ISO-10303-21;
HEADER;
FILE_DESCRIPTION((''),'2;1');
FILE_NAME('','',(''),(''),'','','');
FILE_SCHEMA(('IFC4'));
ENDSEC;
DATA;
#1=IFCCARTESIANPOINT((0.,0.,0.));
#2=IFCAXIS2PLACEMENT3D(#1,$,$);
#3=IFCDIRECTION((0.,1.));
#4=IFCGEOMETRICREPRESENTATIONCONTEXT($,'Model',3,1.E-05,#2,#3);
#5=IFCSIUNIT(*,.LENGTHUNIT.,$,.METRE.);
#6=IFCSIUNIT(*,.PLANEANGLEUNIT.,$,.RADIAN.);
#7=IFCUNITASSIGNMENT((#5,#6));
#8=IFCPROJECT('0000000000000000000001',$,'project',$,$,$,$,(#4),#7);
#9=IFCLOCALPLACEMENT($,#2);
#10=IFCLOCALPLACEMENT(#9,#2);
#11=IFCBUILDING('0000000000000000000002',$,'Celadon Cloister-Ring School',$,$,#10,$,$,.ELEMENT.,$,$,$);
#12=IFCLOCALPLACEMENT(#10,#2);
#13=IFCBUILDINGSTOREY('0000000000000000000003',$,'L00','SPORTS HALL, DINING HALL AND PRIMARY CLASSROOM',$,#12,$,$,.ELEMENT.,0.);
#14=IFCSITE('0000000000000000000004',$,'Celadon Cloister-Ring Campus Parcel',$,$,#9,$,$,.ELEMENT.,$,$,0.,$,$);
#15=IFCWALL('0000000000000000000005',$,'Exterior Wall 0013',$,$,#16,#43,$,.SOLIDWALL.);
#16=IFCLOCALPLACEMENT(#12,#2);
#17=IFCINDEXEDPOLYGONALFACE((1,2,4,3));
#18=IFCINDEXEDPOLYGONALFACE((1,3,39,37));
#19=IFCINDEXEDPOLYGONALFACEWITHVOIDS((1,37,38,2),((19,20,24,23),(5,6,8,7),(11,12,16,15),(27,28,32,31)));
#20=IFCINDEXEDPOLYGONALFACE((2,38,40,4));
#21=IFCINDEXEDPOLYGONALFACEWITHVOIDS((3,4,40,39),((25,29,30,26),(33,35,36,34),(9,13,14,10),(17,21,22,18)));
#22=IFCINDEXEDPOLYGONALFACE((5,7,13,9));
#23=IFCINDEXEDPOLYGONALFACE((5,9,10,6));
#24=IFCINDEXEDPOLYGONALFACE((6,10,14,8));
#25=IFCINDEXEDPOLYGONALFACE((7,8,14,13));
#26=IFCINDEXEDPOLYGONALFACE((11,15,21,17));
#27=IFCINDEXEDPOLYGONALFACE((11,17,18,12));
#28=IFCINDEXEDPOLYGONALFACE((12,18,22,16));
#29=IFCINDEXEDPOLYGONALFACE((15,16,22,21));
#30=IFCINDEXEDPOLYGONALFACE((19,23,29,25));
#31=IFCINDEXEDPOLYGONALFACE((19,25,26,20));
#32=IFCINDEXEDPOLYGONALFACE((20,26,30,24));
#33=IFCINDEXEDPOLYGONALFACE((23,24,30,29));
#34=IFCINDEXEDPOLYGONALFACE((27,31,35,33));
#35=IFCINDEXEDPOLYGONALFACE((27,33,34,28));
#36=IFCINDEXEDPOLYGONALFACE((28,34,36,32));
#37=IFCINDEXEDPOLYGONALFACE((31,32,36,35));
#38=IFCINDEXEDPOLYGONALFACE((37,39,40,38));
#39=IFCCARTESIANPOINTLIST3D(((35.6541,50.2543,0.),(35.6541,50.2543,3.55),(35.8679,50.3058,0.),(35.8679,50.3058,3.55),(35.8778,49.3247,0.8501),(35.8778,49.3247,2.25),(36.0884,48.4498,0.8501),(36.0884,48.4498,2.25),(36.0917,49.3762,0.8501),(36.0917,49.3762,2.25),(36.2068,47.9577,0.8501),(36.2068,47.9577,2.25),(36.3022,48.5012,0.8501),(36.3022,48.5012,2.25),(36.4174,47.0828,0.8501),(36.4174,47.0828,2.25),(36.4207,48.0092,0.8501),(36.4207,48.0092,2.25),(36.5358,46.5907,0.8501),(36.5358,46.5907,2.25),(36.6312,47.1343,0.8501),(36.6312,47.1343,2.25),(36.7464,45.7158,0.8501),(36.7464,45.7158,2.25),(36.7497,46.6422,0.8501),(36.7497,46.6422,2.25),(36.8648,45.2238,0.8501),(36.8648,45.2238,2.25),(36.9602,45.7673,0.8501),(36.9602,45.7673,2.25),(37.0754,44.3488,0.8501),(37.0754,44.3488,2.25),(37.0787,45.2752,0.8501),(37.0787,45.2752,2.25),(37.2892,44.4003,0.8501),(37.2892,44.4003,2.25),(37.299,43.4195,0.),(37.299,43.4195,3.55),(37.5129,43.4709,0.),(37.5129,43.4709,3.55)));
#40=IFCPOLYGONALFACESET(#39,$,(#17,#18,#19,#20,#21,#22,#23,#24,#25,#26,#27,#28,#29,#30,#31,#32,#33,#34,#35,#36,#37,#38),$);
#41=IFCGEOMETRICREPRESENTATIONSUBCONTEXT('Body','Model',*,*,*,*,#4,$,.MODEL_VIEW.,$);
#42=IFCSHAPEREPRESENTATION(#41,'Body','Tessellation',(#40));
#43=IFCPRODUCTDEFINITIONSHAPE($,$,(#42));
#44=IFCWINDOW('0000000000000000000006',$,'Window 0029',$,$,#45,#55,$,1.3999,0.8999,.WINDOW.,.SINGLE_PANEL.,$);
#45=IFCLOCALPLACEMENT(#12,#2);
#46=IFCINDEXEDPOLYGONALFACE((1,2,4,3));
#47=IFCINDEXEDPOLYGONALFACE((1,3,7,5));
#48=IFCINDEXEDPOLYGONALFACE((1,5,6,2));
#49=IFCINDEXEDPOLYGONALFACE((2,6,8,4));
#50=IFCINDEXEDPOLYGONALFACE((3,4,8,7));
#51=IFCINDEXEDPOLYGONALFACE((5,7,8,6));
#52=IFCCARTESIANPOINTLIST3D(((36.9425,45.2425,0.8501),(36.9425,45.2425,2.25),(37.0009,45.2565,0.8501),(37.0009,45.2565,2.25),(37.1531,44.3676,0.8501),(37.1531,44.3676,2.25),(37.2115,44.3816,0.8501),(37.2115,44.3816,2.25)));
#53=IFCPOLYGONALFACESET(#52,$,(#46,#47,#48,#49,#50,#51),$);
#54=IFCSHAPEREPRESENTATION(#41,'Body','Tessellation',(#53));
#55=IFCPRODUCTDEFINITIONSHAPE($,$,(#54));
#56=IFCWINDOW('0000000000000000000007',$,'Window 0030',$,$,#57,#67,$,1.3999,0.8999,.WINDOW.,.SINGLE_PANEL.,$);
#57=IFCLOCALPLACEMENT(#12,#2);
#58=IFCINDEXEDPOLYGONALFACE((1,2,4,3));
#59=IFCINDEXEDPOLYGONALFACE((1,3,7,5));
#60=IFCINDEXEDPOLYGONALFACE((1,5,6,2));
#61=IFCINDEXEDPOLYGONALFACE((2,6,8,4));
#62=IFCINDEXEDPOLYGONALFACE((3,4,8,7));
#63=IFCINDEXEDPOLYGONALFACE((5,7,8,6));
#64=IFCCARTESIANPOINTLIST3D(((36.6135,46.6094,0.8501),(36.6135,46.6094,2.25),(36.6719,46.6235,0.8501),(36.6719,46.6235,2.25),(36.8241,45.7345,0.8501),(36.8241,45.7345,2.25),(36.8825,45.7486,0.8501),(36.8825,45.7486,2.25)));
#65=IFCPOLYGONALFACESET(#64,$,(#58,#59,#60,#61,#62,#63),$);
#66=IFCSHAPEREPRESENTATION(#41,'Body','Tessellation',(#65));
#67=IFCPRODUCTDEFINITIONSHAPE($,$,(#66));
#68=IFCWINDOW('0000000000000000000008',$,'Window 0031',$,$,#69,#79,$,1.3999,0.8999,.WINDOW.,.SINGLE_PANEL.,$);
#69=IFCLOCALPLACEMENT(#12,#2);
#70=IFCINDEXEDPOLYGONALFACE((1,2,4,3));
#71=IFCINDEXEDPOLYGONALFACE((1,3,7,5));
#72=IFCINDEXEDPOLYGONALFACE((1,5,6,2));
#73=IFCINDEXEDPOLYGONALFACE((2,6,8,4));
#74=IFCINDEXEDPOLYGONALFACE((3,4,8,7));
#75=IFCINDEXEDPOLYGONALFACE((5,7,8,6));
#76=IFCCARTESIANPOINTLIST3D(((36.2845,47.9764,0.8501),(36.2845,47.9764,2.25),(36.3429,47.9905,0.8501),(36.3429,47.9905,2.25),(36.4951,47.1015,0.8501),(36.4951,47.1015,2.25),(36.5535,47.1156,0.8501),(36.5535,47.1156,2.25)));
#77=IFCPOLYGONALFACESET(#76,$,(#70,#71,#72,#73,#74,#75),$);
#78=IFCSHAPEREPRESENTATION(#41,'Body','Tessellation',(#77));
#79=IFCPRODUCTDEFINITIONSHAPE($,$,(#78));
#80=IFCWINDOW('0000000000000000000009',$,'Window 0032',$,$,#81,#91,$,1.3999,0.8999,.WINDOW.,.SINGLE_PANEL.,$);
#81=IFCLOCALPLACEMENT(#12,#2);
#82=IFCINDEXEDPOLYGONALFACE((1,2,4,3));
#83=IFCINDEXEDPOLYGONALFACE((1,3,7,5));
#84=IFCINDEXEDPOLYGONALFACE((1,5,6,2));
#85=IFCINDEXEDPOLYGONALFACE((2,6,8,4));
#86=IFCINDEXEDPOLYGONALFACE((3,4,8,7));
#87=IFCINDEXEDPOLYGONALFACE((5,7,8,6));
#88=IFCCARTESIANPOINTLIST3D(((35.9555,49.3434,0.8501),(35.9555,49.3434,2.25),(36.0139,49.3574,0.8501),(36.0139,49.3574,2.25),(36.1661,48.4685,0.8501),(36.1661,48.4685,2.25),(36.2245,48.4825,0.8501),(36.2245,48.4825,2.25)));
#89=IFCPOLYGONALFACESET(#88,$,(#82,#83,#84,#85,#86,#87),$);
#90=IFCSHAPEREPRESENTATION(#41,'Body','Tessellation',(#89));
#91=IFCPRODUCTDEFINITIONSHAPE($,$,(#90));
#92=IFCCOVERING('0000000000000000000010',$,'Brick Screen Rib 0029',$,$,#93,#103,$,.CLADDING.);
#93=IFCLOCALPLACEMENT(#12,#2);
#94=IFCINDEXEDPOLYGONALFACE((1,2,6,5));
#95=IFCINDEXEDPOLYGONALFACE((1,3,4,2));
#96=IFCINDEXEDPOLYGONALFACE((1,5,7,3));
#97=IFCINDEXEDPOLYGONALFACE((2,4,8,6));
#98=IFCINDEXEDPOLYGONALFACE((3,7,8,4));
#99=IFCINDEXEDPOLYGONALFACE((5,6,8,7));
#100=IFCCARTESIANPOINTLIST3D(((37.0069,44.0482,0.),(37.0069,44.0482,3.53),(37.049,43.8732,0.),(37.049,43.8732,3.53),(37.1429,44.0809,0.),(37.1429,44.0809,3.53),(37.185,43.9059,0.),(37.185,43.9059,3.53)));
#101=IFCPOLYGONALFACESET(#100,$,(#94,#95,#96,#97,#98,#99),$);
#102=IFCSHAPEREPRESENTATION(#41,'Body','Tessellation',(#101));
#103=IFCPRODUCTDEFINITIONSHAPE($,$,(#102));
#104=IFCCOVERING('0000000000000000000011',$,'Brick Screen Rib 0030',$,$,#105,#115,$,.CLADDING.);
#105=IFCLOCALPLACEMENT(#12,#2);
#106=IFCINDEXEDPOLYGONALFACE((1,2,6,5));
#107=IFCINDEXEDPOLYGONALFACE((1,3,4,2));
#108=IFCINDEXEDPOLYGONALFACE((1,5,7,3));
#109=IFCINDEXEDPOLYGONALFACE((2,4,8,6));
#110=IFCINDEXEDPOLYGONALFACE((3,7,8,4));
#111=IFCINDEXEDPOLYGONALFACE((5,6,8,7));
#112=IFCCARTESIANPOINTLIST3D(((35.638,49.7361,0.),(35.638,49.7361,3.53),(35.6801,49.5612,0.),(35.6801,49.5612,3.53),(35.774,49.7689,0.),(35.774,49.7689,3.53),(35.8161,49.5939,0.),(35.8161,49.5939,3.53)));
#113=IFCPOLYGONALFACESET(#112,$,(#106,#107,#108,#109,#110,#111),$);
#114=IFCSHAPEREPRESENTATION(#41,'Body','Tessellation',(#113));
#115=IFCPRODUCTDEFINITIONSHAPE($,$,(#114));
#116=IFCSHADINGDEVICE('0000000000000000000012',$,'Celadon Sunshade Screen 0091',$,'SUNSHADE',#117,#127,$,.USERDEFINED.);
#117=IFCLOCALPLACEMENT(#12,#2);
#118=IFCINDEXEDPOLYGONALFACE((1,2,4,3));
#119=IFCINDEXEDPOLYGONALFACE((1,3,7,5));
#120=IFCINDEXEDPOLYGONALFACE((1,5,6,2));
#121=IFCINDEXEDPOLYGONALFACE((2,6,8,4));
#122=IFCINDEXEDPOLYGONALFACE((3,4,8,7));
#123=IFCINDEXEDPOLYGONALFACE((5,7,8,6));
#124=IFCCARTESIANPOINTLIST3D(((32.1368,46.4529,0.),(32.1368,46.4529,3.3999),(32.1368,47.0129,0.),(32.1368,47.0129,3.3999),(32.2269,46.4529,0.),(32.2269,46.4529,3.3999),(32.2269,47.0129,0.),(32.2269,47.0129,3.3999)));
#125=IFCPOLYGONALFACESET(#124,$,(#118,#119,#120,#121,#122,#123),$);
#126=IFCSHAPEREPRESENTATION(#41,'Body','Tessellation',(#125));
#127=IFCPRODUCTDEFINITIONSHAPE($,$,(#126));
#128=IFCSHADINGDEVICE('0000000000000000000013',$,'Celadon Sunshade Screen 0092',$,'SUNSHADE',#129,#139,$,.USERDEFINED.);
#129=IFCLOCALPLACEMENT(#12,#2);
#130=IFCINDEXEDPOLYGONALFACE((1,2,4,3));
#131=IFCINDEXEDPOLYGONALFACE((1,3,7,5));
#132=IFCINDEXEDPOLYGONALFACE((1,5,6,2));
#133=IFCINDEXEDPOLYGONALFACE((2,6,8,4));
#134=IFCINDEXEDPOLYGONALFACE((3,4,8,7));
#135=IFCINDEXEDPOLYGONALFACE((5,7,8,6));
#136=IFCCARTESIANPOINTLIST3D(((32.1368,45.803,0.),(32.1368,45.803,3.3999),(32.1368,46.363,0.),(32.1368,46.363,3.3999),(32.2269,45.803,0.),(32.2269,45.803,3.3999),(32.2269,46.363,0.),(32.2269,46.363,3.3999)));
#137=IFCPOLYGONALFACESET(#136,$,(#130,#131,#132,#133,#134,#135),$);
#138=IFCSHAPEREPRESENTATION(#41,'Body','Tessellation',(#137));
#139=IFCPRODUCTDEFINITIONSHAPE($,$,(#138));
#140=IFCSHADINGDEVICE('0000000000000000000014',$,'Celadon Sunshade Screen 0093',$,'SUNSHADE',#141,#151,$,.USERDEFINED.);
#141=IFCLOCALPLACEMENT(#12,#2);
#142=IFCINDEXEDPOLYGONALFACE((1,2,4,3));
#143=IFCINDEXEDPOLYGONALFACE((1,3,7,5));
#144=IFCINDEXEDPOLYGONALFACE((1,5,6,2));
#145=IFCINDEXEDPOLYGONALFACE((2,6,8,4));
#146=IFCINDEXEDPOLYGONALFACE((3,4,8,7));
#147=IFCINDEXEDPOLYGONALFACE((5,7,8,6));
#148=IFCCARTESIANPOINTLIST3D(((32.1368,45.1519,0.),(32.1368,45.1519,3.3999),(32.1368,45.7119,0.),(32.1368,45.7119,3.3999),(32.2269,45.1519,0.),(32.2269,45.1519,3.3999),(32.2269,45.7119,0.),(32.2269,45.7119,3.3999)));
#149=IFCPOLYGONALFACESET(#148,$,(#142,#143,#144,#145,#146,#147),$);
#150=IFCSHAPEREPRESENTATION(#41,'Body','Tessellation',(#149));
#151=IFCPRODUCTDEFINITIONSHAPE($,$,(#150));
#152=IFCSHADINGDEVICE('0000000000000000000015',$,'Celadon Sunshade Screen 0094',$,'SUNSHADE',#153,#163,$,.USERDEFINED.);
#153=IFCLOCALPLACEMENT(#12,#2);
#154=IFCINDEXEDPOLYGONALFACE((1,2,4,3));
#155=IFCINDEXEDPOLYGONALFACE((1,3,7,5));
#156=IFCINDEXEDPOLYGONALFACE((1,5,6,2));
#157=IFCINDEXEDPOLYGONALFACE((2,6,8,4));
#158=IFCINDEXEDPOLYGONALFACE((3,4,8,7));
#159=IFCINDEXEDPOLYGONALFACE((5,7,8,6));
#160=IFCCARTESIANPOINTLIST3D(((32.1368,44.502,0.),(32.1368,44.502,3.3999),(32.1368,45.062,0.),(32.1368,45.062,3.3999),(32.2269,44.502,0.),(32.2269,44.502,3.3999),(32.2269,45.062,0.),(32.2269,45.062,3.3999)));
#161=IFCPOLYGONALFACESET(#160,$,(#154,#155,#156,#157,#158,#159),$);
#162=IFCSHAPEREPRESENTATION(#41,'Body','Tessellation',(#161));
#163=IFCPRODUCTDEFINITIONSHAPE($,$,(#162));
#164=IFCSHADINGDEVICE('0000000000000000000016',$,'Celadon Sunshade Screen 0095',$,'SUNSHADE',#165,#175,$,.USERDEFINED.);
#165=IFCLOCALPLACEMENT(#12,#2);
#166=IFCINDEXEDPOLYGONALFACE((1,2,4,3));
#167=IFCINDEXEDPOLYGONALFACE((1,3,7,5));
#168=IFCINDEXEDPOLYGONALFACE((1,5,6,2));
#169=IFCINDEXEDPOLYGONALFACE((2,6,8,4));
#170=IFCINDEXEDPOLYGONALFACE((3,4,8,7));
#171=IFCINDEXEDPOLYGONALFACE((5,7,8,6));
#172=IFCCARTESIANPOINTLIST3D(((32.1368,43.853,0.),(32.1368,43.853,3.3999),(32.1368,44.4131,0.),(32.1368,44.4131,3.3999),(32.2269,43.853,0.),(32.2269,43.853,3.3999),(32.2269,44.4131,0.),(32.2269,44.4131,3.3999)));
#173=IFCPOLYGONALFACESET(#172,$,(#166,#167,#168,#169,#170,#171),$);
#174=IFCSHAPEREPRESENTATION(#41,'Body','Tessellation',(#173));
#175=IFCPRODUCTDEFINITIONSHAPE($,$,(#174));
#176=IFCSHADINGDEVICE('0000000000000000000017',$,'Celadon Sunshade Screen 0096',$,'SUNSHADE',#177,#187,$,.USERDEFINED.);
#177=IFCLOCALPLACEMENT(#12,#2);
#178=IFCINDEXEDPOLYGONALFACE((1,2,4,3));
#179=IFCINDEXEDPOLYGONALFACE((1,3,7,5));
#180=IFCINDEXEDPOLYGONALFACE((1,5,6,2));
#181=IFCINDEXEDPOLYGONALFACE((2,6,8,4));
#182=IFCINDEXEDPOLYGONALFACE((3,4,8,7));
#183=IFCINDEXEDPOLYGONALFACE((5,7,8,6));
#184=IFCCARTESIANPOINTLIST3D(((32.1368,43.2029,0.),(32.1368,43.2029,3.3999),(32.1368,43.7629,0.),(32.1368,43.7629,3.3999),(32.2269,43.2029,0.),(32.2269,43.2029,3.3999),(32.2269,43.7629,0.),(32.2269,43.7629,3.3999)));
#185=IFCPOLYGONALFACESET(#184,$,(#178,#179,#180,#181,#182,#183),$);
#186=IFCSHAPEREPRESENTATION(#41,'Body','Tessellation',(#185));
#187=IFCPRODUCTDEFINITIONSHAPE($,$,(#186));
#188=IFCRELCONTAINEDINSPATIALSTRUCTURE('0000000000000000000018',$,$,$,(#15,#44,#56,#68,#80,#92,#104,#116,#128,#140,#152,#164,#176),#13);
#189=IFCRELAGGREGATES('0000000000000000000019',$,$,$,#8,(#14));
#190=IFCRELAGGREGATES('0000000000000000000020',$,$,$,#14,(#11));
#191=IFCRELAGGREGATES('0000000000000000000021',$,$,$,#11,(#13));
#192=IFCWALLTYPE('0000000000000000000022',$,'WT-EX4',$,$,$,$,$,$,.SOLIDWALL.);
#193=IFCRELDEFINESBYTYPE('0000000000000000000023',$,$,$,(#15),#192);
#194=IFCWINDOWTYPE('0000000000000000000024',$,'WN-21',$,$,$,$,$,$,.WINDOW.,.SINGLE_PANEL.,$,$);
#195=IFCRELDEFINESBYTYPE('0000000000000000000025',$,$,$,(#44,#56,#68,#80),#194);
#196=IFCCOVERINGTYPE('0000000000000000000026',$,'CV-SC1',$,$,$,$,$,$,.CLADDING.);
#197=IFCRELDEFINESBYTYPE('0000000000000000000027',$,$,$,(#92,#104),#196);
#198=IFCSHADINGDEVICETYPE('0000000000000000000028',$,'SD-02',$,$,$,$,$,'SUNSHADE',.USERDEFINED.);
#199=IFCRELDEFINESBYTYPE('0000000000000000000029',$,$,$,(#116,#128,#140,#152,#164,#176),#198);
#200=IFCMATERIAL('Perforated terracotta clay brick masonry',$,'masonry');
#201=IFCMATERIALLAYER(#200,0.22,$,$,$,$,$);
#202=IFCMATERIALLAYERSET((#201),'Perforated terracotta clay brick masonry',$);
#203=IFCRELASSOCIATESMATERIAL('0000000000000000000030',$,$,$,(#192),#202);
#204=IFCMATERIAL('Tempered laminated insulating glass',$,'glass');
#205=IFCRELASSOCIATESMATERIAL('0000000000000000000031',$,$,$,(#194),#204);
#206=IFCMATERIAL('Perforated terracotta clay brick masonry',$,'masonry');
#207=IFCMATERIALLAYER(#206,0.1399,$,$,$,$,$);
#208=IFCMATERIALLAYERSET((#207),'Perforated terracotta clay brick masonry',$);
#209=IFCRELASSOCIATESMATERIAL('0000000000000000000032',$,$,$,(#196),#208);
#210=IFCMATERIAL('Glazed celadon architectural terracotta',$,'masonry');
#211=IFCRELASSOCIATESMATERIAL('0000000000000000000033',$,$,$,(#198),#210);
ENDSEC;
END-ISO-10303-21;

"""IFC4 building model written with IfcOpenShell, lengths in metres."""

from ifc_helpers import new_model, si_unit, direction, frame, frame_2d, origin, origin_2d, place, context, subcontext, project, spatial, rectangle, extrude, material, layer, layer_set, type_object, element, fill, save


model = new_model("IFC4")

# Units and contexts
model_context = context("Model", 3, precision=1e-05, world=origin(), true_north=direction((0.0, 1.0)))
body_context = subcontext(model_context, "Body", "Model", "MODEL_VIEW")
ifc_project = project(units=[si_unit("LENGTHUNIT", "METRE"), si_unit("PLANEANGLEUNIT", "RADIAN")], contexts=[model_context])

# Site, building, storey
site_placement = place(None, origin())
site = spatial("IfcSite", under=ifc_project, at=site_placement, Name="Celadon Cloister-Ring Campus Parcel", CompositionType="ELEMENT", RefElevation=0.0)
building_placement = place(site_placement, origin())
building = spatial("IfcBuilding", under=site, at=building_placement, Name="Celadon Cloister-Ring School", CompositionType="ELEMENT")
storey_placement = place(building_placement, origin())
storey = spatial("IfcBuildingStorey", under=building, at=storey_placement, Name="L00", Description="SPORTS HALL, DINING HALL AND PRIMARY CLASSROOM", CompositionType="ELEMENT", Elevation=0.0)

# Wall, openings, windows
ifc_material_1 = material(Name="Perforated terracotta clay brick masonry", Category="masonry")
ifc_layer_1 = layer(ifc_material_1, 0.22)
ifc_layer_set_1 = layer_set([ifc_layer_1], Name="Perforated terracotta clay brick masonry")
wall_type_1 = type_object("IfcWallType", Name="WT-EX4", PredefinedType="SOLIDWALL", material=ifc_layer_set_1)
wall_1_placement = place(storey_placement, frame((37.406, 43.4451, 0.0), z_axis=(0.0, 0.0, 1.0), x_axis=(-0.233995, 0.972238, 0.0)))
wall_1 = element("IfcWall", 1, at=wall_1_placement, inside=storey, type_object=wall_type_1, Name="Exterior Wall 0013", PredefinedType="SOLIDWALL", context=body_context, shape_type="SweptSolid", body=[
    extrude(rectangle(XDim=7.03, YDim=0.22, at=frame_2d((3.5151, 0.0))), origin(), (0.0, 0.0, 1.0), 3.55),
])
opening_1_placement = place(wall_1_placement, frame((0.9561, 0.0, 0.8501)))
opening_1 = element("IfcOpeningElement", 2, at=opening_1_placement, cuts=wall_1, PredefinedType="OPENING", context=body_context, shape_type="SweptSolid", body=[
    extrude(rectangle(XDim=0.8999, YDim=1.3999, at=frame_2d((0.45, 0.7))), frame((0.0, 0.1201, 0.0), z_axis=(0.0, -1.0, 0.0), x_axis=(1.0, 0.0, 0.0)), (0.0, 0.0, 1.0), 0.24),
])
opening_2_placement = place(wall_1_placement, frame((2.3621, 0.0, 0.8501)))
opening_2 = element("IfcOpeningElement", 3, at=opening_2_placement, cuts=wall_1, PredefinedType="OPENING", context=body_context, shape_type="SweptSolid", body=[
    extrude(rectangle(XDim=0.8999, YDim=1.3999, at=frame_2d((0.45, 0.7))), frame((0.0, 0.1201, 0.0), z_axis=(0.0, -1.0, 0.0), x_axis=(1.0, 0.0, 0.0)), (0.0, 0.0, 1.0), 0.24),
])
opening_3_placement = place(wall_1_placement, frame((3.7681, 0.0, 0.8501)))
opening_3 = element("IfcOpeningElement", 4, at=opening_3_placement, cuts=wall_1, PredefinedType="OPENING", context=body_context, shape_type="SweptSolid", body=[
    extrude(rectangle(XDim=0.8999, YDim=1.3999, at=frame_2d((0.45, 0.7))), frame((0.0, 0.1201, 0.0), z_axis=(0.0, -1.0, 0.0), x_axis=(1.0, 0.0, 0.0)), (0.0, 0.0, 1.0), 0.24),
])
opening_4_placement = place(wall_1_placement, frame((5.1741, 0.0, 0.8501)))
opening_4 = element("IfcOpeningElement", 5, at=opening_4_placement, cuts=wall_1, PredefinedType="OPENING", context=body_context, shape_type="SweptSolid", body=[
    extrude(rectangle(XDim=0.8999, YDim=1.3999, at=frame_2d((0.45, 0.7))), frame((0.0, 0.1201, 0.0), z_axis=(0.0, -1.0, 0.0), x_axis=(1.0, 0.0, 0.0)), (0.0, 0.0, 1.0), 0.24),
])
ifc_material_2 = material(Name="Tempered laminated insulating glass", Category="glass")
window_type = type_object("IfcWindowType", Name="WN-21", PartitioningType="SINGLE_PANEL", PredefinedType="WINDOW", material=ifc_material_2)
window_1_placement = place(opening_1_placement, origin())
window_1 = element("IfcWindow", 6, at=window_1_placement, inside=storey, type_object=window_type, Name="Window 0029", OverallHeight=1.3999, OverallWidth=0.8999, PartitioningType="SINGLE_PANEL", PredefinedType="WINDOW", context=body_context, shape_type="SweptSolid", body=[
    extrude(rectangle(XDim=0.8999, YDim=1.3999, at=frame_2d((0.45, 0.7))), frame((0.0, 0.03, 0.0), z_axis=(0.0, -1.0, 0.0), x_axis=(1.0, 0.0, 0.0)), (0.0, 0.0, 1.0), 0.0601),
])
fill(opening_1, window_1)
window_2_placement = place(opening_2_placement, origin())
window_2 = element("IfcWindow", 7, at=window_2_placement, inside=storey, type_object=window_type, Name="Window 0030", OverallHeight=1.3999, OverallWidth=0.8999, PartitioningType="SINGLE_PANEL", PredefinedType="WINDOW", context=body_context, shape_type="SweptSolid", body=[
    extrude(rectangle(XDim=0.8999, YDim=1.3999, at=frame_2d((0.45, 0.7))), frame((0.0, 0.03, 0.0), z_axis=(0.0, -1.0, 0.0), x_axis=(1.0, 0.0, 0.0)), (0.0, 0.0, 1.0), 0.0601),
])
fill(opening_2, window_2)
window_3_placement = place(opening_3_placement, origin())
window_3 = element("IfcWindow", 8, at=window_3_placement, inside=storey, type_object=window_type, Name="Window 0031", OverallHeight=1.3999, OverallWidth=0.8999, PartitioningType="SINGLE_PANEL", PredefinedType="WINDOW", context=body_context, shape_type="SweptSolid", body=[
    extrude(rectangle(XDim=0.8999, YDim=1.3999, at=frame_2d((0.45, 0.7))), frame((0.0, 0.03, 0.0), z_axis=(0.0, -1.0, 0.0), x_axis=(1.0, 0.0, 0.0)), (0.0, 0.0, 1.0), 0.0601),
])
fill(opening_3, window_3)
window_4_placement = place(opening_4_placement, origin())
window_4 = element("IfcWindow", 9, at=window_4_placement, inside=storey, type_object=window_type, Name="Window 0032", OverallHeight=1.3999, OverallWidth=0.8999, PartitioningType="SINGLE_PANEL", PredefinedType="WINDOW", context=body_context, shape_type="SweptSolid", body=[
    extrude(rectangle(XDim=0.8999, YDim=1.3999, at=frame_2d((0.45, 0.7))), frame((0.0, 0.03, 0.0), z_axis=(0.0, -1.0, 0.0), x_axis=(1.0, 0.0, 0.0)), (0.0, 0.0, 1.0), 0.0601),
])
fill(opening_4, window_4)

# Coverings
ifc_material_3 = material(Name="Perforated terracotta clay brick masonry", Category="masonry")
ifc_layer_2 = layer(ifc_material_3, 0.1399)
ifc_layer_set_2 = layer_set([ifc_layer_2], Name="Perforated terracotta clay brick masonry")
covering_type = type_object("IfcCoveringType", Name="CV-SC1", PredefinedType="CLADDING", material=ifc_layer_set_2)
for number, where, z_axis, x_axis, name in (
    (10, (37.0959, 43.9771, 0.0), (0.0, 0.0, 1.0), (-0.233988, 0.972239, 0.0), "Brick Screen Rib 0029"),
    (11, (35.7271, 49.665, 0.0), (0.0, 0.0, 1.0), (-0.233988, 0.972239, 0.0), "Brick Screen Rib 0030"),
):
    element("IfcCovering", number, at=place(storey_placement, frame(where, z_axis=z_axis, x_axis=x_axis)), inside=storey, type_object=covering_type, Name=name, PredefinedType="CLADDING", context=body_context, shape_type="SweptSolid", body=[
        extrude(rectangle(XDim=0.1799, YDim=0.1399, at=origin_2d()), origin(), (0.0, 0.0, 1.0), 3.53),
    ])

# Shading devices
ifc_material_4 = material(Name="Glazed celadon architectural terracotta", Category="masonry")
shading_device_type = type_object("IfcShadingDeviceType", Name="SD-02", ElementType="SUNSHADE", PredefinedType="USERDEFINED", material=ifc_material_4)
for number, where, z_axis, x_axis, name in (
    (12, (32.1819, 46.7329, 0.0), (0.0, 0.0, 1.0), (0.0, -1.0, 0.0), "Celadon Sunshade Screen 0091"),
    (13, (32.1819, 46.083, 0.0), (0.0, 0.0, 1.0), (0.0, -1.0, 0.0), "Celadon Sunshade Screen 0092"),
    (14, (32.1819, 45.4319, 0.0), (0.0, 0.0, 1.0), (0.0, -1.0, 0.0), "Celadon Sunshade Screen 0093"),
    (15, (32.1819, 44.782, 0.0), (0.0, 0.0, 1.0), (0.0, -1.0, 0.0), "Celadon Sunshade Screen 0094"),
    (16, (32.1819, 44.1331, 0.0), (0.0, 0.0, 1.0), (0.0, -1.0, 0.0), "Celadon Sunshade Screen 0095"),
    (17, (32.1819, 43.4829, 0.0), (0.0, 0.0, 1.0), (0.0, -1.0, 0.0), "Celadon Sunshade Screen 0096"),
):
    element("IfcShadingDevice", number, at=place(storey_placement, frame(where, z_axis=z_axis, x_axis=x_axis)), inside=storey, type_object=shading_device_type, Name=name, ObjectType="SUNSHADE", PredefinedType="USERDEFINED", context=body_context, shape_type="SweptSolid", body=[
        extrude(rectangle(XDim=0.5601, YDim=0.0901, at=origin_2d()), origin(), (0.0, 0.0, 1.0), 3.3999),
    ])

save(model, "model.ifc")
